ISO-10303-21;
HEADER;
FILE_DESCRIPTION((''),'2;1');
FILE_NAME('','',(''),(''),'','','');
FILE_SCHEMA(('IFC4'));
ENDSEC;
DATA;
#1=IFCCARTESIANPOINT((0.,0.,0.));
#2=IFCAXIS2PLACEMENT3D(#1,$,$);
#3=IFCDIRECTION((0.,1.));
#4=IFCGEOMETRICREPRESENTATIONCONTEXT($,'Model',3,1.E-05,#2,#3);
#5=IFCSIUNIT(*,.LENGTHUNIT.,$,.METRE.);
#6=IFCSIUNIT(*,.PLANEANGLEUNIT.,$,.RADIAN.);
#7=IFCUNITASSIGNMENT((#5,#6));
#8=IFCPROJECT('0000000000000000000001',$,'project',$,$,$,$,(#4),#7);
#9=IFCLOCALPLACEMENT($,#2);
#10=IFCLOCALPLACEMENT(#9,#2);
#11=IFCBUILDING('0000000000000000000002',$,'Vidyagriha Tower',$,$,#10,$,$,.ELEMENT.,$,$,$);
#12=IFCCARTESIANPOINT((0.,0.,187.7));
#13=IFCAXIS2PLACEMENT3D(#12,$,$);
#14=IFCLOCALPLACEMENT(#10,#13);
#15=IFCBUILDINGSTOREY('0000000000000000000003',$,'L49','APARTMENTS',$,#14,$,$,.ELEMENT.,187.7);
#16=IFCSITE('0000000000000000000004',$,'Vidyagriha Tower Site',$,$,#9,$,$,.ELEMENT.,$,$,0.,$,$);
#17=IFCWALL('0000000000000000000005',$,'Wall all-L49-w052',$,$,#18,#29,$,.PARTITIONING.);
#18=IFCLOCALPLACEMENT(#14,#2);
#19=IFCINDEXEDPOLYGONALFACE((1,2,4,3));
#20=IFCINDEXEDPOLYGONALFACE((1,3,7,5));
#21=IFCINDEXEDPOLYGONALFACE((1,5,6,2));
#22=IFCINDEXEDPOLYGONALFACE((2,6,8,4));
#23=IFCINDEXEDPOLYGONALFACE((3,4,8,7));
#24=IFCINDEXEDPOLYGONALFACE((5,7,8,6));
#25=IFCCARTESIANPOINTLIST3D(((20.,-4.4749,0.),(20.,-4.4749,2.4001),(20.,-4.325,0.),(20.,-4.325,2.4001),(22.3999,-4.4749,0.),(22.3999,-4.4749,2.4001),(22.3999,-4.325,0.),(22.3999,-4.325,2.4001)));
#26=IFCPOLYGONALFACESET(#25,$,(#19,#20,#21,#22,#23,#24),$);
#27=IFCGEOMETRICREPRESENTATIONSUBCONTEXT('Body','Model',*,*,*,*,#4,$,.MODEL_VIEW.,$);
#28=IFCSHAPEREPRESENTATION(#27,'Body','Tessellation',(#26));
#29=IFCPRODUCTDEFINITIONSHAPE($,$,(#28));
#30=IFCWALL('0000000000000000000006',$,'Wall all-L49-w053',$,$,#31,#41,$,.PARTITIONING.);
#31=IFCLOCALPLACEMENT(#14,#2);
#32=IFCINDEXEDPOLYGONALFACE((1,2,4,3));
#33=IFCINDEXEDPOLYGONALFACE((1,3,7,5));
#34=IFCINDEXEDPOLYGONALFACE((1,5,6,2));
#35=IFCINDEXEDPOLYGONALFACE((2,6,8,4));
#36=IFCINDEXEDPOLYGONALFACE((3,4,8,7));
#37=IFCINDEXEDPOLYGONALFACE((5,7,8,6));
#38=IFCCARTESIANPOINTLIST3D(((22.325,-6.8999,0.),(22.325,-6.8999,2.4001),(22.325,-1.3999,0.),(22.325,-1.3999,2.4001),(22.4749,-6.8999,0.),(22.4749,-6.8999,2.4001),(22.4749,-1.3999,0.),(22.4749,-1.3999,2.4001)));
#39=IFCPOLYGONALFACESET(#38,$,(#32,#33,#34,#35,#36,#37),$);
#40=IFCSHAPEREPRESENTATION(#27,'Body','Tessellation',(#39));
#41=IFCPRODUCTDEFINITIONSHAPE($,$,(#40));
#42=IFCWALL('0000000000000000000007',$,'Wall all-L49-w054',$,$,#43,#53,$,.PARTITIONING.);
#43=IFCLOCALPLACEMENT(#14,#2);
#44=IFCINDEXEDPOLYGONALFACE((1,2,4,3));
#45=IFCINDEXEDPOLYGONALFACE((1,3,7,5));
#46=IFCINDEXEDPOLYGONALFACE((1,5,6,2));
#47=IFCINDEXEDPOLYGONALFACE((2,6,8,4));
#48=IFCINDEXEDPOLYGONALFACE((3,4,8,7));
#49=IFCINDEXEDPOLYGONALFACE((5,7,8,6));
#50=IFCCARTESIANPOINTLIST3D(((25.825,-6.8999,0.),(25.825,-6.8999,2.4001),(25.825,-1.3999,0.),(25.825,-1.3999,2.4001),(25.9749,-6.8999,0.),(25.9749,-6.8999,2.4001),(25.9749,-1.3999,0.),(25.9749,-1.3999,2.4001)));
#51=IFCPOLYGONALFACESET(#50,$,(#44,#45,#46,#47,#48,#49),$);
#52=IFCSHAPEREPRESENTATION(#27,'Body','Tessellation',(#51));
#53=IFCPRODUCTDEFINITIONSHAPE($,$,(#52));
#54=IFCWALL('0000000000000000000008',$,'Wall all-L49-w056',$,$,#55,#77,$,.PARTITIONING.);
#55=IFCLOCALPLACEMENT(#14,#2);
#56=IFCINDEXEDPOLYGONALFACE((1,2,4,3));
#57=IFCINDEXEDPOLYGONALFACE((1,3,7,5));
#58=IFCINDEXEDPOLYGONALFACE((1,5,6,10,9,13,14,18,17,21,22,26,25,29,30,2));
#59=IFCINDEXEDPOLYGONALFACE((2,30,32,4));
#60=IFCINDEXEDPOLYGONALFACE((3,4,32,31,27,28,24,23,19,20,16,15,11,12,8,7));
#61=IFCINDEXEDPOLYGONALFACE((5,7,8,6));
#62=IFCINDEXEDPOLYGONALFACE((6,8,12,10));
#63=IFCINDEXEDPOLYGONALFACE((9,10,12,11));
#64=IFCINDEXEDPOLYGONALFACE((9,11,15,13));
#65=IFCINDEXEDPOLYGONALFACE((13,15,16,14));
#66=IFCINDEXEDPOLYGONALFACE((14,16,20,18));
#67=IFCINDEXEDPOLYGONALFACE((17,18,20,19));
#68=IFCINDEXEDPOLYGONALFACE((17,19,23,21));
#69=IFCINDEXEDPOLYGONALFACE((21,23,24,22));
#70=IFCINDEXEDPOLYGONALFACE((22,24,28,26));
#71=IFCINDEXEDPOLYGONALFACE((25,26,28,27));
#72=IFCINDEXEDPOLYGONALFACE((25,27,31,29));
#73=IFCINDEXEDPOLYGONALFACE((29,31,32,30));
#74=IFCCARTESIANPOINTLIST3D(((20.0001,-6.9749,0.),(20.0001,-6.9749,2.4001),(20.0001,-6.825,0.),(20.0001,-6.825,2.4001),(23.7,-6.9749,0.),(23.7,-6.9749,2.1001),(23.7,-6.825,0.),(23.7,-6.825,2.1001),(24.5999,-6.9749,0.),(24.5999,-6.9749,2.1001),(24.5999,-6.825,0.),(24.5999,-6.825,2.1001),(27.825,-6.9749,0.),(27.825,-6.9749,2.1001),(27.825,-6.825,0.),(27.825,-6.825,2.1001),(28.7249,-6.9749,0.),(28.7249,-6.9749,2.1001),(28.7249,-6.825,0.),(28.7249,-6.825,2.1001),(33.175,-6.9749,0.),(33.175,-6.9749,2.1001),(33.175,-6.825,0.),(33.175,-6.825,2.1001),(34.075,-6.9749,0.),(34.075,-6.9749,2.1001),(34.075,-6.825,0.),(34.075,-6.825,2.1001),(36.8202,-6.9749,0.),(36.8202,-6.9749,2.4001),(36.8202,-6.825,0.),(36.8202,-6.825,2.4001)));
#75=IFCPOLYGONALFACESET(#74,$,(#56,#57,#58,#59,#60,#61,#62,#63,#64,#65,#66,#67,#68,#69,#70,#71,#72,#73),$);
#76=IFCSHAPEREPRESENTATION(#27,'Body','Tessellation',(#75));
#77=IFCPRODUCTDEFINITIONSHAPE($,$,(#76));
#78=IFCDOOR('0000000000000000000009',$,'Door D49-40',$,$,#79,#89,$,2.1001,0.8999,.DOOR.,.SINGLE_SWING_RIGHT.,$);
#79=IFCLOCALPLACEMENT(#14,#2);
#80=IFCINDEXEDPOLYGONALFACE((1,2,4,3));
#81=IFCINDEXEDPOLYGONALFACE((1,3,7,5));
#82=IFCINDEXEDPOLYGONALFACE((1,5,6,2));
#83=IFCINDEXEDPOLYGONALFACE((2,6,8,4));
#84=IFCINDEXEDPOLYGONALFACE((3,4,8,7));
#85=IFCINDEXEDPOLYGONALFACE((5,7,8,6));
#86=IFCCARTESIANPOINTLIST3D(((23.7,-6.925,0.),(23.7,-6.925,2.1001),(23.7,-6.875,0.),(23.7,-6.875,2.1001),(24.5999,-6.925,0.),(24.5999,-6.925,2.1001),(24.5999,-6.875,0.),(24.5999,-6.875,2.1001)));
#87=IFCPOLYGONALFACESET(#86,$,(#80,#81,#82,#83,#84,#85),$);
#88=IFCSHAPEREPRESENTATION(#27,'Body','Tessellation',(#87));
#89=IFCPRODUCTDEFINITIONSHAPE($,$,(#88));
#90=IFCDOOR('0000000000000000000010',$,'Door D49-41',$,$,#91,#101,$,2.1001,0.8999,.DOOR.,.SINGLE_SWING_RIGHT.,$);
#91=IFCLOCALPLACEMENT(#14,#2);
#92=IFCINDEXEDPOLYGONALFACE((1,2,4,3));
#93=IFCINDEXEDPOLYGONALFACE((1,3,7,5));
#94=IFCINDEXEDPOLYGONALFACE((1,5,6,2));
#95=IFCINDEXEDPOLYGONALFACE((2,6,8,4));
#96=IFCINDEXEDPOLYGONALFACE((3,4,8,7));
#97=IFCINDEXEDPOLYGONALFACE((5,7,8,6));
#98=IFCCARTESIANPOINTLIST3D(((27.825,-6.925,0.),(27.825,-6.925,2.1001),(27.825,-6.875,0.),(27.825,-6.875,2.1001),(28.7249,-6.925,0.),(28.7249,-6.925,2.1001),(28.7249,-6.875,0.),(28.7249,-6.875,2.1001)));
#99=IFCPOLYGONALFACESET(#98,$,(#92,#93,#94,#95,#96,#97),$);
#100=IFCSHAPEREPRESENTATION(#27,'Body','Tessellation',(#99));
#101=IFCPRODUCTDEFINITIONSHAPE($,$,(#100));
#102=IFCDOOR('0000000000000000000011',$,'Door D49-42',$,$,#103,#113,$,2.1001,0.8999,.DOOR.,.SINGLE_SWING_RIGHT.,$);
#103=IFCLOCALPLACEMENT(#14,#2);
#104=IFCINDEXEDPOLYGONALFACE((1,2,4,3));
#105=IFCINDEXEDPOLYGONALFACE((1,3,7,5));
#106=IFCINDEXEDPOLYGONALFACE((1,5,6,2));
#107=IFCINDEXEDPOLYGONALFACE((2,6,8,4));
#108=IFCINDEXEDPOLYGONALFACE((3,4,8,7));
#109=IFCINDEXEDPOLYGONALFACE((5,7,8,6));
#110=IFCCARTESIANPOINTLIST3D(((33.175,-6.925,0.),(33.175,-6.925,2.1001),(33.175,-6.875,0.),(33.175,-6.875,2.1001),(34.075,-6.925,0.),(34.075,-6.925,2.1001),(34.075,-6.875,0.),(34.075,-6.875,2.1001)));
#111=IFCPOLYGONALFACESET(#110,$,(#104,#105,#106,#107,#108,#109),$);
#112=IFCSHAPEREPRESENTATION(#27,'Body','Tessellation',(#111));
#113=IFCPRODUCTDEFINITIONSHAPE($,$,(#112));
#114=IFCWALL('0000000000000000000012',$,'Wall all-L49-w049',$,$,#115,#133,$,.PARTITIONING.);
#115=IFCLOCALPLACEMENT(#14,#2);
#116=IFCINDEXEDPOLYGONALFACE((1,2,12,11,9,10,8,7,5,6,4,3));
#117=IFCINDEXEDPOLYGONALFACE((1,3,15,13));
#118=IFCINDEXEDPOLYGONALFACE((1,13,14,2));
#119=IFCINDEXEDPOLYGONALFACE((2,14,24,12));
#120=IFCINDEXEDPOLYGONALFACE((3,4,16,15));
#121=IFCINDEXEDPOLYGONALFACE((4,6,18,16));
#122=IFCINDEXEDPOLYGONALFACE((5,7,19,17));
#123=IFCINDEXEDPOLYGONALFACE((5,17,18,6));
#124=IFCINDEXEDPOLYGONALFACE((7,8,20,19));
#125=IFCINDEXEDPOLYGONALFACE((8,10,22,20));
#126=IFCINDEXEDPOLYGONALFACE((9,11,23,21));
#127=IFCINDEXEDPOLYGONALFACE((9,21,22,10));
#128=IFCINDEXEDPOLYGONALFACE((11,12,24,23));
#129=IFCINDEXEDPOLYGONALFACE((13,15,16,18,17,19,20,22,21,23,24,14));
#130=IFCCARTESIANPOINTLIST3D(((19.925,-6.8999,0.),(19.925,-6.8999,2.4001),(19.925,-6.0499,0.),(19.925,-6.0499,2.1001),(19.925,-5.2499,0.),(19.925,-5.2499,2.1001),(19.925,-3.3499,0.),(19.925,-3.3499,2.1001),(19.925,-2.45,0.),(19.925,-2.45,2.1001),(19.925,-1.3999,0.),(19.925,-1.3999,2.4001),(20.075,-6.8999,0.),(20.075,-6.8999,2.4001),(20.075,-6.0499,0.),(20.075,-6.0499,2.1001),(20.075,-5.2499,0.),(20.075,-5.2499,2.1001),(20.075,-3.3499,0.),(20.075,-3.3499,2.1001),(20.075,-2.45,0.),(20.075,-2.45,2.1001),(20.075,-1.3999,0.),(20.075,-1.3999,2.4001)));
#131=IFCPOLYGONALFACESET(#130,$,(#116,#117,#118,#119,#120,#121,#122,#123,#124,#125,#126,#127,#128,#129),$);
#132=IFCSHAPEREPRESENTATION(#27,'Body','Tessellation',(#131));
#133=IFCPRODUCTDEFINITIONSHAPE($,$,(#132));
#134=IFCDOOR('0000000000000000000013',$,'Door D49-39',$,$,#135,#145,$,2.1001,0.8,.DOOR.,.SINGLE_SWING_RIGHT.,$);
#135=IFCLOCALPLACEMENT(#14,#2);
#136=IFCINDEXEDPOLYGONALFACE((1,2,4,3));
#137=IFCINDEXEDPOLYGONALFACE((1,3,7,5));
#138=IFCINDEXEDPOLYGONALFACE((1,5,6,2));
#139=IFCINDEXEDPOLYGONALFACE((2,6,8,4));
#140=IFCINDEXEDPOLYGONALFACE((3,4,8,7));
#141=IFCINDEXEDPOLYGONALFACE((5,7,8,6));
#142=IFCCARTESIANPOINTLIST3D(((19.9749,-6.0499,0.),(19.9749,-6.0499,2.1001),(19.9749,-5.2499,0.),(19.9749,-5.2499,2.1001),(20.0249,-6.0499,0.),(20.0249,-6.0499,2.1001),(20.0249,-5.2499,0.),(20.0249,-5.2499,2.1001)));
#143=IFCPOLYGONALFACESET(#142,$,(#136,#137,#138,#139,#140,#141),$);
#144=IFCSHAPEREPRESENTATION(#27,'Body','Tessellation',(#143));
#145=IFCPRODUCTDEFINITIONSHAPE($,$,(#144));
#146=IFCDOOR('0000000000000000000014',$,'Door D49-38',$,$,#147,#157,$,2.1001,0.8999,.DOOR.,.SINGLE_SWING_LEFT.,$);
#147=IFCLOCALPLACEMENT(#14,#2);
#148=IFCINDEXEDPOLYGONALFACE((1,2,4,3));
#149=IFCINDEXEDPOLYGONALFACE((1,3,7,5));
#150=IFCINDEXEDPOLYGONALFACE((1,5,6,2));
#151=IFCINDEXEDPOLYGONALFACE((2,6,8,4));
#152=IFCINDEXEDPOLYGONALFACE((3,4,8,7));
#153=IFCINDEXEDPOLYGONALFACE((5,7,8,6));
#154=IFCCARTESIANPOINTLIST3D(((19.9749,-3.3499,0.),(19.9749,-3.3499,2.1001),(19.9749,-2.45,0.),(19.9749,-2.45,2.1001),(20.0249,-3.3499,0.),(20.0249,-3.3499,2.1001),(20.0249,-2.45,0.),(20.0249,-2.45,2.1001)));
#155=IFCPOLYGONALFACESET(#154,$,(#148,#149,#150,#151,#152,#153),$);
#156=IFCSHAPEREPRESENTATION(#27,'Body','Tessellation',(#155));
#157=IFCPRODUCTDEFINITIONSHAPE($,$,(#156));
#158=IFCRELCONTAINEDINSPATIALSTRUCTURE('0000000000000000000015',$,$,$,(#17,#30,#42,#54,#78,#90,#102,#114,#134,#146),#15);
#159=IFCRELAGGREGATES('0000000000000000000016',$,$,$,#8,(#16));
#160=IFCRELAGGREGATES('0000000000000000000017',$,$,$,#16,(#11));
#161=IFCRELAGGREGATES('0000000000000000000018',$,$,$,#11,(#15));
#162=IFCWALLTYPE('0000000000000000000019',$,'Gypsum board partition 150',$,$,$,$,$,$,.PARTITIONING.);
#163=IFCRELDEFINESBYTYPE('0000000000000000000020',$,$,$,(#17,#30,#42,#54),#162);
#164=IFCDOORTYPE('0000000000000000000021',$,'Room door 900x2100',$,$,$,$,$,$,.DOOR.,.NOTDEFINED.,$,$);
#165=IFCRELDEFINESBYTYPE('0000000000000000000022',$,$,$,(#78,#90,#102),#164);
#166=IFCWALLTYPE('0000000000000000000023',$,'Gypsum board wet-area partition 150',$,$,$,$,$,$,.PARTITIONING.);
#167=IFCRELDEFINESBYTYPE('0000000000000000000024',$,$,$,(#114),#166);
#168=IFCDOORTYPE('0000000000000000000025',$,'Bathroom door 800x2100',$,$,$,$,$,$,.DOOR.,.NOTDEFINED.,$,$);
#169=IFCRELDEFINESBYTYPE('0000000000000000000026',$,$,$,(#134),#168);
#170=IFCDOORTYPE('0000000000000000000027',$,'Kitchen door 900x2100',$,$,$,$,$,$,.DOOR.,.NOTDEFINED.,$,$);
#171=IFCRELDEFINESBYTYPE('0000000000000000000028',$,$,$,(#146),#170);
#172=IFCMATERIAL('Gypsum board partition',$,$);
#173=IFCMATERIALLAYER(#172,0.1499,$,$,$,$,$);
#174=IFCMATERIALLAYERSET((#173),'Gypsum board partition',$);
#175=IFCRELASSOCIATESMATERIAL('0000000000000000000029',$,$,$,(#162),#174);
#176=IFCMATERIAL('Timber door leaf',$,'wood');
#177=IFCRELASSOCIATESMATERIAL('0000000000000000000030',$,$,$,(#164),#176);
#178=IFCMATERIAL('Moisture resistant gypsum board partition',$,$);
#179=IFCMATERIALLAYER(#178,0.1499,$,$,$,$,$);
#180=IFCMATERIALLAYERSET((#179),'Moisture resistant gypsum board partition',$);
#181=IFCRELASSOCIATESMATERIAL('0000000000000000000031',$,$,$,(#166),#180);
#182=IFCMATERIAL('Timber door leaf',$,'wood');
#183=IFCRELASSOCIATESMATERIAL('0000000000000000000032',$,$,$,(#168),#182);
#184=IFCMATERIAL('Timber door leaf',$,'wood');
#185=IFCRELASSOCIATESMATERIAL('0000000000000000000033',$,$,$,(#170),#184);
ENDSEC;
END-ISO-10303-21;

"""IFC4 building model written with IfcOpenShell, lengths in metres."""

from ifc_helpers import new_model, si_unit, direction, frame, frame_2d, origin, place, context, subcontext, project, spatial, rectangle, extrude, material, layer, layer_set, type_object, element, fill, save


model = new_model("IFC4")

# Units and contexts
model_context = context("Model", 3, precision=1e-05, world=origin(), true_north=direction((0.0, 1.0)))
body_context = subcontext(model_context, "Body", "Model", "MODEL_VIEW")
ifc_project = project(units=[si_unit("LENGTHUNIT", "METRE"), si_unit("PLANEANGLEUNIT", "RADIAN")], contexts=[model_context])

# Site, building, storey
site_placement = place(None, origin())
site = spatial("IfcSite", under=ifc_project, at=site_placement, Name="Vidyagriha Tower Site", CompositionType="ELEMENT", RefElevation=0.0)
building_placement = place(site_placement, origin())
building = spatial("IfcBuilding", under=site, at=building_placement, Name="Vidyagriha Tower", CompositionType="ELEMENT")
storey_placement = place(building_placement, frame((0.0, 0.0, 187.7)))
storey = spatial("IfcBuildingStorey", under=building, at=storey_placement, Name="L49", Description="APARTMENTS", CompositionType="ELEMENT", Elevation=187.7)

# Shared definitions
ifc_material_1 = material(Name="Gypsum board partition")
ifc_layer_1 = layer(ifc_material_1, 0.1499)
ifc_layer_set_1 = layer_set([ifc_layer_1], Name="Gypsum board partition")
wall_type_1 = type_object("IfcWallType", Name="Gypsum board partition 150", PredefinedType="PARTITIONING", material=ifc_layer_set_1)

# Walls
wall_1_placement = place(storey_placement, frame((22.3999, -4.3999, 0.0), z_axis=(0.0, 0.0, 1.0), x_axis=(-1.0, 0.0, 0.0)))
element("IfcWall", 1, at=wall_1_placement, inside=storey, type_object=wall_type_1, Name="Wall all-L49-w052", PredefinedType="PARTITIONING", context=body_context, shape_type="SweptSolid", body=[
    extrude(rectangle(XDim=2.3999, YDim=0.1499, at=frame_2d((1.2, 0.0))), origin(), (0.0, 0.0, 1.0), 2.4001),
])
for number, where, z_axis, x_axis, name in (
    (2, (22.3999, -1.3999, 0.0), (0.0, 0.0, 1.0), (0.0, -1.0, 0.0), "Wall all-L49-w053"),
    (3, (25.8999, -1.3999, 0.0), (0.0, 0.0, 1.0), (0.0, -1.0, 0.0), "Wall all-L49-w054"),
):
    element("IfcWall", number, at=place(storey_placement, frame(where, z_axis=z_axis, x_axis=x_axis)), inside=storey, type_object=wall_type_1, Name=name, PredefinedType="PARTITIONING", context=body_context, shape_type="SweptSolid", body=[
        extrude(rectangle(XDim=5.5, YDim=0.1499, at=frame_2d((2.75, 0.0))), origin(), (0.0, 0.0, 1.0), 2.4001),
    ])

# Walls, openings, doors
wall_2_placement = place(storey_placement, frame((20.0, -6.8999, 0.0)))
wall_2 = element("IfcWall", 4, at=wall_2_placement, inside=storey, type_object=wall_type_1, Name="Wall all-L49-w056", PredefinedType="PARTITIONING", context=body_context, shape_type="SweptSolid", body=[
    extrude(rectangle(XDim=16.8201, YDim=0.1499, at=frame_2d((8.4102, 0.0))), origin(), (0.0, 0.0, 1.0), 2.4001),
])
opening_1_placement = place(wall_2_placement, frame((3.7, 0.0, 0.0)))
opening_1 = element("IfcOpeningElement", 5, at=opening_1_placement, cuts=wall_2, PredefinedType="OPENING", context=body_context, shape_type="SweptSolid", body=[
    extrude(rectangle(XDim=0.8999, YDim=2.1001, at=frame_2d((0.45, 1.05))), frame((0.0, 0.085, 0.0), z_axis=(0.0, -1.0, 0.0), x_axis=(1.0, 0.0, 0.0)), (0.0, 0.0, 1.0), 0.1699),
])
opening_2_placement = place(wall_2_placement, frame((7.825, 0.0, 0.0)))
opening_2 = element("IfcOpeningElement", 6, at=opening_2_placement, cuts=wall_2, PredefinedType="OPENING", context=body_context, shape_type="SweptSolid", body=[
    extrude(rectangle(XDim=0.8999, YDim=2.1001, at=frame_2d((0.45, 1.05))), frame((0.0, 0.085, 0.0), z_axis=(0.0, -1.0, 0.0), x_axis=(1.0, 0.0, 0.0)), (0.0, 0.0, 1.0), 0.1699),
])
opening_3_placement = place(wall_2_placement, frame((13.175, 0.0, 0.0)))
opening_3 = element("IfcOpeningElement", 7, at=opening_3_placement, cuts=wall_2, PredefinedType="OPENING", context=body_context, shape_type="SweptSolid", body=[
    extrude(rectangle(XDim=0.8999, YDim=2.1001, at=frame_2d((0.45, 1.05))), frame((0.0, 0.085, 0.0), z_axis=(0.0, -1.0, 0.0), x_axis=(1.0, 0.0, 0.0)), (0.0, 0.0, 1.0), 0.1699),
])
ifc_material_2 = material(Name="Timber door leaf", Category="wood")
door_type_1 = type_object("IfcDoorType", Name="Room door 900x2100", OperationType="NOTDEFINED", PredefinedType="DOOR", material=ifc_material_2)
door_1_placement = place(opening_1_placement, origin())
door_1 = element("IfcDoor", 8, at=door_1_placement, inside=storey, type_object=door_type_1, Name="Door D49-40", OperationType="SINGLE_SWING_RIGHT", OverallHeight=2.1001, OverallWidth=0.8999, PredefinedType="DOOR", context=body_context, shape_type="SweptSolid", body=[
    extrude(rectangle(XDim=0.8999, YDim=2.1001, at=frame_2d((0.45, 1.05))), frame((0.0, 0.0249, 0.0), z_axis=(0.0, -1.0, 0.0), x_axis=(1.0, 0.0, 0.0)), (0.0, 0.0, 1.0), 0.05),
])
fill(opening_1, door_1)
door_2_placement = place(opening_2_placement, origin())
door_2 = element("IfcDoor", 9, at=door_2_placement, inside=storey, type_object=door_type_1, Name="Door D49-41", OperationType="SINGLE_SWING_RIGHT", OverallHeight=2.1001, OverallWidth=0.8999, PredefinedType="DOOR", context=body_context, shape_type="SweptSolid", body=[
    extrude(rectangle(XDim=0.8999, YDim=2.1001, at=frame_2d((0.45, 1.05))), frame((0.0, 0.0249, 0.0), z_axis=(0.0, -1.0, 0.0), x_axis=(1.0, 0.0, 0.0)), (0.0, 0.0, 1.0), 0.05),
])
fill(opening_2, door_2)
door_3_placement = place(opening_3_placement, origin())
door_3 = element("IfcDoor", 10, at=door_3_placement, inside=storey, type_object=door_type_1, Name="Door D49-42", OperationType="SINGLE_SWING_RIGHT", OverallHeight=2.1001, OverallWidth=0.8999, PredefinedType="DOOR", context=body_context, shape_type="SweptSolid", body=[
    extrude(rectangle(XDim=0.8999, YDim=2.1001, at=frame_2d((0.45, 1.05))), frame((0.0, 0.0249, 0.0), z_axis=(0.0, -1.0, 0.0), x_axis=(1.0, 0.0, 0.0)), (0.0, 0.0, 1.0), 0.05),
])
fill(opening_3, door_3)
ifc_material_3 = material(Name="Moisture resistant gypsum board partition")
ifc_layer_2 = layer(ifc_material_3, 0.1499)
ifc_layer_set_2 = layer_set([ifc_layer_2], Name="Moisture resistant gypsum board partition")
wall_type_2 = type_object("IfcWallType", Name="Gypsum board wet-area partition 150", PredefinedType="PARTITIONING", material=ifc_layer_set_2)
wall_3_placement = place(storey_placement, frame((20.0, -1.3999, 0.0), z_axis=(0.0, 0.0, 1.0), x_axis=(0.0, -1.0, 0.0)))
wall_3 = element("IfcWall", 11, at=wall_3_placement, inside=storey, type_object=wall_type_2, Name="Wall all-L49-w049", PredefinedType="PARTITIONING", context=body_context, shape_type="SweptSolid", body=[
    extrude(rectangle(XDim=5.5, YDim=0.1499, at=frame_2d((2.75, 0.0))), origin(), (0.0, 0.0, 1.0), 2.4001),
])
opening_4_placement = place(wall_3_placement, frame((1.05, 0.0, 0.0)))
opening_4 = element("IfcOpeningElement", 12, at=opening_4_placement, cuts=wall_3, PredefinedType="OPENING", context=body_context, shape_type="SweptSolid", body=[
    extrude(rectangle(XDim=0.8999, YDim=2.1001, at=frame_2d((0.45, 1.05))), frame((0.0, 0.085, 0.0), z_axis=(0.0, -1.0, 0.0), x_axis=(1.0, 0.0, 0.0)), (0.0, 0.0, 1.0), 0.1699),
])
opening_5_placement = place(wall_3_placement, frame((3.8501, 0.0, 0.0)))
opening_5 = element("IfcOpeningElement", 13, at=opening_5_placement, cuts=wall_3, PredefinedType="OPENING", context=body_context, shape_type="SweptSolid", body=[
    extrude(rectangle(XDim=0.8, YDim=2.1001, at=frame_2d((0.3999, 1.05))), frame((0.0, 0.085, 0.0), z_axis=(0.0, -1.0, 0.0), x_axis=(1.0, 0.0, 0.0)), (0.0, 0.0, 1.0), 0.1699),
])
ifc_material_4 = material(Name="Timber door leaf", Category="wood")
door_type_2 = type_object("IfcDoorType", Name="Bathroom door 800x2100", OperationType="NOTDEFINED", PredefinedType="DOOR", material=ifc_material_4)
door_4_placement = place(opening_5_placement, origin())
door_4 = element("IfcDoor", 14, at=door_4_placement, inside=storey, type_object=door_type_2, Name="Door D49-39", OperationType="SINGLE_SWING_RIGHT", OverallHeight=2.1001, OverallWidth=0.8, PredefinedType="DOOR", context=body_context, shape_type="SweptSolid", body=[
    extrude(rectangle(XDim=0.8, YDim=2.1001, at=frame_2d((0.3999, 1.05))), frame((0.0, 0.0249, 0.0), z_axis=(0.0, -1.0, 0.0), x_axis=(1.0, 0.0, 0.0)), (0.0, 0.0, 1.0), 0.05),
])
fill(opening_5, door_4)
ifc_material_5 = material(Name="Timber door leaf", Category="wood")
door_type_3 = type_object("IfcDoorType", Name="Kitchen door 900x2100", OperationType="NOTDEFINED", PredefinedType="DOOR", material=ifc_material_5)
door_5_placement = place(opening_4_placement, origin())
door_5 = element("IfcDoor", 15, at=door_5_placement, inside=storey, type_object=door_type_3, Name="Door D49-38", OperationType="SINGLE_SWING_LEFT", OverallHeight=2.1001, OverallWidth=0.8999, PredefinedType="DOOR", context=body_context, shape_type="SweptSolid", body=[
    extrude(rectangle(XDim=0.8999, YDim=2.1001, at=frame_2d((0.45, 1.05))), frame((0.0, 0.0249, 0.0), z_axis=(0.0, -1.0, 0.0), x_axis=(1.0, 0.0, 0.0)), (0.0, 0.0, 1.0), 0.05),
])
fill(opening_4, door_5)

save(model, "model.ifc")
